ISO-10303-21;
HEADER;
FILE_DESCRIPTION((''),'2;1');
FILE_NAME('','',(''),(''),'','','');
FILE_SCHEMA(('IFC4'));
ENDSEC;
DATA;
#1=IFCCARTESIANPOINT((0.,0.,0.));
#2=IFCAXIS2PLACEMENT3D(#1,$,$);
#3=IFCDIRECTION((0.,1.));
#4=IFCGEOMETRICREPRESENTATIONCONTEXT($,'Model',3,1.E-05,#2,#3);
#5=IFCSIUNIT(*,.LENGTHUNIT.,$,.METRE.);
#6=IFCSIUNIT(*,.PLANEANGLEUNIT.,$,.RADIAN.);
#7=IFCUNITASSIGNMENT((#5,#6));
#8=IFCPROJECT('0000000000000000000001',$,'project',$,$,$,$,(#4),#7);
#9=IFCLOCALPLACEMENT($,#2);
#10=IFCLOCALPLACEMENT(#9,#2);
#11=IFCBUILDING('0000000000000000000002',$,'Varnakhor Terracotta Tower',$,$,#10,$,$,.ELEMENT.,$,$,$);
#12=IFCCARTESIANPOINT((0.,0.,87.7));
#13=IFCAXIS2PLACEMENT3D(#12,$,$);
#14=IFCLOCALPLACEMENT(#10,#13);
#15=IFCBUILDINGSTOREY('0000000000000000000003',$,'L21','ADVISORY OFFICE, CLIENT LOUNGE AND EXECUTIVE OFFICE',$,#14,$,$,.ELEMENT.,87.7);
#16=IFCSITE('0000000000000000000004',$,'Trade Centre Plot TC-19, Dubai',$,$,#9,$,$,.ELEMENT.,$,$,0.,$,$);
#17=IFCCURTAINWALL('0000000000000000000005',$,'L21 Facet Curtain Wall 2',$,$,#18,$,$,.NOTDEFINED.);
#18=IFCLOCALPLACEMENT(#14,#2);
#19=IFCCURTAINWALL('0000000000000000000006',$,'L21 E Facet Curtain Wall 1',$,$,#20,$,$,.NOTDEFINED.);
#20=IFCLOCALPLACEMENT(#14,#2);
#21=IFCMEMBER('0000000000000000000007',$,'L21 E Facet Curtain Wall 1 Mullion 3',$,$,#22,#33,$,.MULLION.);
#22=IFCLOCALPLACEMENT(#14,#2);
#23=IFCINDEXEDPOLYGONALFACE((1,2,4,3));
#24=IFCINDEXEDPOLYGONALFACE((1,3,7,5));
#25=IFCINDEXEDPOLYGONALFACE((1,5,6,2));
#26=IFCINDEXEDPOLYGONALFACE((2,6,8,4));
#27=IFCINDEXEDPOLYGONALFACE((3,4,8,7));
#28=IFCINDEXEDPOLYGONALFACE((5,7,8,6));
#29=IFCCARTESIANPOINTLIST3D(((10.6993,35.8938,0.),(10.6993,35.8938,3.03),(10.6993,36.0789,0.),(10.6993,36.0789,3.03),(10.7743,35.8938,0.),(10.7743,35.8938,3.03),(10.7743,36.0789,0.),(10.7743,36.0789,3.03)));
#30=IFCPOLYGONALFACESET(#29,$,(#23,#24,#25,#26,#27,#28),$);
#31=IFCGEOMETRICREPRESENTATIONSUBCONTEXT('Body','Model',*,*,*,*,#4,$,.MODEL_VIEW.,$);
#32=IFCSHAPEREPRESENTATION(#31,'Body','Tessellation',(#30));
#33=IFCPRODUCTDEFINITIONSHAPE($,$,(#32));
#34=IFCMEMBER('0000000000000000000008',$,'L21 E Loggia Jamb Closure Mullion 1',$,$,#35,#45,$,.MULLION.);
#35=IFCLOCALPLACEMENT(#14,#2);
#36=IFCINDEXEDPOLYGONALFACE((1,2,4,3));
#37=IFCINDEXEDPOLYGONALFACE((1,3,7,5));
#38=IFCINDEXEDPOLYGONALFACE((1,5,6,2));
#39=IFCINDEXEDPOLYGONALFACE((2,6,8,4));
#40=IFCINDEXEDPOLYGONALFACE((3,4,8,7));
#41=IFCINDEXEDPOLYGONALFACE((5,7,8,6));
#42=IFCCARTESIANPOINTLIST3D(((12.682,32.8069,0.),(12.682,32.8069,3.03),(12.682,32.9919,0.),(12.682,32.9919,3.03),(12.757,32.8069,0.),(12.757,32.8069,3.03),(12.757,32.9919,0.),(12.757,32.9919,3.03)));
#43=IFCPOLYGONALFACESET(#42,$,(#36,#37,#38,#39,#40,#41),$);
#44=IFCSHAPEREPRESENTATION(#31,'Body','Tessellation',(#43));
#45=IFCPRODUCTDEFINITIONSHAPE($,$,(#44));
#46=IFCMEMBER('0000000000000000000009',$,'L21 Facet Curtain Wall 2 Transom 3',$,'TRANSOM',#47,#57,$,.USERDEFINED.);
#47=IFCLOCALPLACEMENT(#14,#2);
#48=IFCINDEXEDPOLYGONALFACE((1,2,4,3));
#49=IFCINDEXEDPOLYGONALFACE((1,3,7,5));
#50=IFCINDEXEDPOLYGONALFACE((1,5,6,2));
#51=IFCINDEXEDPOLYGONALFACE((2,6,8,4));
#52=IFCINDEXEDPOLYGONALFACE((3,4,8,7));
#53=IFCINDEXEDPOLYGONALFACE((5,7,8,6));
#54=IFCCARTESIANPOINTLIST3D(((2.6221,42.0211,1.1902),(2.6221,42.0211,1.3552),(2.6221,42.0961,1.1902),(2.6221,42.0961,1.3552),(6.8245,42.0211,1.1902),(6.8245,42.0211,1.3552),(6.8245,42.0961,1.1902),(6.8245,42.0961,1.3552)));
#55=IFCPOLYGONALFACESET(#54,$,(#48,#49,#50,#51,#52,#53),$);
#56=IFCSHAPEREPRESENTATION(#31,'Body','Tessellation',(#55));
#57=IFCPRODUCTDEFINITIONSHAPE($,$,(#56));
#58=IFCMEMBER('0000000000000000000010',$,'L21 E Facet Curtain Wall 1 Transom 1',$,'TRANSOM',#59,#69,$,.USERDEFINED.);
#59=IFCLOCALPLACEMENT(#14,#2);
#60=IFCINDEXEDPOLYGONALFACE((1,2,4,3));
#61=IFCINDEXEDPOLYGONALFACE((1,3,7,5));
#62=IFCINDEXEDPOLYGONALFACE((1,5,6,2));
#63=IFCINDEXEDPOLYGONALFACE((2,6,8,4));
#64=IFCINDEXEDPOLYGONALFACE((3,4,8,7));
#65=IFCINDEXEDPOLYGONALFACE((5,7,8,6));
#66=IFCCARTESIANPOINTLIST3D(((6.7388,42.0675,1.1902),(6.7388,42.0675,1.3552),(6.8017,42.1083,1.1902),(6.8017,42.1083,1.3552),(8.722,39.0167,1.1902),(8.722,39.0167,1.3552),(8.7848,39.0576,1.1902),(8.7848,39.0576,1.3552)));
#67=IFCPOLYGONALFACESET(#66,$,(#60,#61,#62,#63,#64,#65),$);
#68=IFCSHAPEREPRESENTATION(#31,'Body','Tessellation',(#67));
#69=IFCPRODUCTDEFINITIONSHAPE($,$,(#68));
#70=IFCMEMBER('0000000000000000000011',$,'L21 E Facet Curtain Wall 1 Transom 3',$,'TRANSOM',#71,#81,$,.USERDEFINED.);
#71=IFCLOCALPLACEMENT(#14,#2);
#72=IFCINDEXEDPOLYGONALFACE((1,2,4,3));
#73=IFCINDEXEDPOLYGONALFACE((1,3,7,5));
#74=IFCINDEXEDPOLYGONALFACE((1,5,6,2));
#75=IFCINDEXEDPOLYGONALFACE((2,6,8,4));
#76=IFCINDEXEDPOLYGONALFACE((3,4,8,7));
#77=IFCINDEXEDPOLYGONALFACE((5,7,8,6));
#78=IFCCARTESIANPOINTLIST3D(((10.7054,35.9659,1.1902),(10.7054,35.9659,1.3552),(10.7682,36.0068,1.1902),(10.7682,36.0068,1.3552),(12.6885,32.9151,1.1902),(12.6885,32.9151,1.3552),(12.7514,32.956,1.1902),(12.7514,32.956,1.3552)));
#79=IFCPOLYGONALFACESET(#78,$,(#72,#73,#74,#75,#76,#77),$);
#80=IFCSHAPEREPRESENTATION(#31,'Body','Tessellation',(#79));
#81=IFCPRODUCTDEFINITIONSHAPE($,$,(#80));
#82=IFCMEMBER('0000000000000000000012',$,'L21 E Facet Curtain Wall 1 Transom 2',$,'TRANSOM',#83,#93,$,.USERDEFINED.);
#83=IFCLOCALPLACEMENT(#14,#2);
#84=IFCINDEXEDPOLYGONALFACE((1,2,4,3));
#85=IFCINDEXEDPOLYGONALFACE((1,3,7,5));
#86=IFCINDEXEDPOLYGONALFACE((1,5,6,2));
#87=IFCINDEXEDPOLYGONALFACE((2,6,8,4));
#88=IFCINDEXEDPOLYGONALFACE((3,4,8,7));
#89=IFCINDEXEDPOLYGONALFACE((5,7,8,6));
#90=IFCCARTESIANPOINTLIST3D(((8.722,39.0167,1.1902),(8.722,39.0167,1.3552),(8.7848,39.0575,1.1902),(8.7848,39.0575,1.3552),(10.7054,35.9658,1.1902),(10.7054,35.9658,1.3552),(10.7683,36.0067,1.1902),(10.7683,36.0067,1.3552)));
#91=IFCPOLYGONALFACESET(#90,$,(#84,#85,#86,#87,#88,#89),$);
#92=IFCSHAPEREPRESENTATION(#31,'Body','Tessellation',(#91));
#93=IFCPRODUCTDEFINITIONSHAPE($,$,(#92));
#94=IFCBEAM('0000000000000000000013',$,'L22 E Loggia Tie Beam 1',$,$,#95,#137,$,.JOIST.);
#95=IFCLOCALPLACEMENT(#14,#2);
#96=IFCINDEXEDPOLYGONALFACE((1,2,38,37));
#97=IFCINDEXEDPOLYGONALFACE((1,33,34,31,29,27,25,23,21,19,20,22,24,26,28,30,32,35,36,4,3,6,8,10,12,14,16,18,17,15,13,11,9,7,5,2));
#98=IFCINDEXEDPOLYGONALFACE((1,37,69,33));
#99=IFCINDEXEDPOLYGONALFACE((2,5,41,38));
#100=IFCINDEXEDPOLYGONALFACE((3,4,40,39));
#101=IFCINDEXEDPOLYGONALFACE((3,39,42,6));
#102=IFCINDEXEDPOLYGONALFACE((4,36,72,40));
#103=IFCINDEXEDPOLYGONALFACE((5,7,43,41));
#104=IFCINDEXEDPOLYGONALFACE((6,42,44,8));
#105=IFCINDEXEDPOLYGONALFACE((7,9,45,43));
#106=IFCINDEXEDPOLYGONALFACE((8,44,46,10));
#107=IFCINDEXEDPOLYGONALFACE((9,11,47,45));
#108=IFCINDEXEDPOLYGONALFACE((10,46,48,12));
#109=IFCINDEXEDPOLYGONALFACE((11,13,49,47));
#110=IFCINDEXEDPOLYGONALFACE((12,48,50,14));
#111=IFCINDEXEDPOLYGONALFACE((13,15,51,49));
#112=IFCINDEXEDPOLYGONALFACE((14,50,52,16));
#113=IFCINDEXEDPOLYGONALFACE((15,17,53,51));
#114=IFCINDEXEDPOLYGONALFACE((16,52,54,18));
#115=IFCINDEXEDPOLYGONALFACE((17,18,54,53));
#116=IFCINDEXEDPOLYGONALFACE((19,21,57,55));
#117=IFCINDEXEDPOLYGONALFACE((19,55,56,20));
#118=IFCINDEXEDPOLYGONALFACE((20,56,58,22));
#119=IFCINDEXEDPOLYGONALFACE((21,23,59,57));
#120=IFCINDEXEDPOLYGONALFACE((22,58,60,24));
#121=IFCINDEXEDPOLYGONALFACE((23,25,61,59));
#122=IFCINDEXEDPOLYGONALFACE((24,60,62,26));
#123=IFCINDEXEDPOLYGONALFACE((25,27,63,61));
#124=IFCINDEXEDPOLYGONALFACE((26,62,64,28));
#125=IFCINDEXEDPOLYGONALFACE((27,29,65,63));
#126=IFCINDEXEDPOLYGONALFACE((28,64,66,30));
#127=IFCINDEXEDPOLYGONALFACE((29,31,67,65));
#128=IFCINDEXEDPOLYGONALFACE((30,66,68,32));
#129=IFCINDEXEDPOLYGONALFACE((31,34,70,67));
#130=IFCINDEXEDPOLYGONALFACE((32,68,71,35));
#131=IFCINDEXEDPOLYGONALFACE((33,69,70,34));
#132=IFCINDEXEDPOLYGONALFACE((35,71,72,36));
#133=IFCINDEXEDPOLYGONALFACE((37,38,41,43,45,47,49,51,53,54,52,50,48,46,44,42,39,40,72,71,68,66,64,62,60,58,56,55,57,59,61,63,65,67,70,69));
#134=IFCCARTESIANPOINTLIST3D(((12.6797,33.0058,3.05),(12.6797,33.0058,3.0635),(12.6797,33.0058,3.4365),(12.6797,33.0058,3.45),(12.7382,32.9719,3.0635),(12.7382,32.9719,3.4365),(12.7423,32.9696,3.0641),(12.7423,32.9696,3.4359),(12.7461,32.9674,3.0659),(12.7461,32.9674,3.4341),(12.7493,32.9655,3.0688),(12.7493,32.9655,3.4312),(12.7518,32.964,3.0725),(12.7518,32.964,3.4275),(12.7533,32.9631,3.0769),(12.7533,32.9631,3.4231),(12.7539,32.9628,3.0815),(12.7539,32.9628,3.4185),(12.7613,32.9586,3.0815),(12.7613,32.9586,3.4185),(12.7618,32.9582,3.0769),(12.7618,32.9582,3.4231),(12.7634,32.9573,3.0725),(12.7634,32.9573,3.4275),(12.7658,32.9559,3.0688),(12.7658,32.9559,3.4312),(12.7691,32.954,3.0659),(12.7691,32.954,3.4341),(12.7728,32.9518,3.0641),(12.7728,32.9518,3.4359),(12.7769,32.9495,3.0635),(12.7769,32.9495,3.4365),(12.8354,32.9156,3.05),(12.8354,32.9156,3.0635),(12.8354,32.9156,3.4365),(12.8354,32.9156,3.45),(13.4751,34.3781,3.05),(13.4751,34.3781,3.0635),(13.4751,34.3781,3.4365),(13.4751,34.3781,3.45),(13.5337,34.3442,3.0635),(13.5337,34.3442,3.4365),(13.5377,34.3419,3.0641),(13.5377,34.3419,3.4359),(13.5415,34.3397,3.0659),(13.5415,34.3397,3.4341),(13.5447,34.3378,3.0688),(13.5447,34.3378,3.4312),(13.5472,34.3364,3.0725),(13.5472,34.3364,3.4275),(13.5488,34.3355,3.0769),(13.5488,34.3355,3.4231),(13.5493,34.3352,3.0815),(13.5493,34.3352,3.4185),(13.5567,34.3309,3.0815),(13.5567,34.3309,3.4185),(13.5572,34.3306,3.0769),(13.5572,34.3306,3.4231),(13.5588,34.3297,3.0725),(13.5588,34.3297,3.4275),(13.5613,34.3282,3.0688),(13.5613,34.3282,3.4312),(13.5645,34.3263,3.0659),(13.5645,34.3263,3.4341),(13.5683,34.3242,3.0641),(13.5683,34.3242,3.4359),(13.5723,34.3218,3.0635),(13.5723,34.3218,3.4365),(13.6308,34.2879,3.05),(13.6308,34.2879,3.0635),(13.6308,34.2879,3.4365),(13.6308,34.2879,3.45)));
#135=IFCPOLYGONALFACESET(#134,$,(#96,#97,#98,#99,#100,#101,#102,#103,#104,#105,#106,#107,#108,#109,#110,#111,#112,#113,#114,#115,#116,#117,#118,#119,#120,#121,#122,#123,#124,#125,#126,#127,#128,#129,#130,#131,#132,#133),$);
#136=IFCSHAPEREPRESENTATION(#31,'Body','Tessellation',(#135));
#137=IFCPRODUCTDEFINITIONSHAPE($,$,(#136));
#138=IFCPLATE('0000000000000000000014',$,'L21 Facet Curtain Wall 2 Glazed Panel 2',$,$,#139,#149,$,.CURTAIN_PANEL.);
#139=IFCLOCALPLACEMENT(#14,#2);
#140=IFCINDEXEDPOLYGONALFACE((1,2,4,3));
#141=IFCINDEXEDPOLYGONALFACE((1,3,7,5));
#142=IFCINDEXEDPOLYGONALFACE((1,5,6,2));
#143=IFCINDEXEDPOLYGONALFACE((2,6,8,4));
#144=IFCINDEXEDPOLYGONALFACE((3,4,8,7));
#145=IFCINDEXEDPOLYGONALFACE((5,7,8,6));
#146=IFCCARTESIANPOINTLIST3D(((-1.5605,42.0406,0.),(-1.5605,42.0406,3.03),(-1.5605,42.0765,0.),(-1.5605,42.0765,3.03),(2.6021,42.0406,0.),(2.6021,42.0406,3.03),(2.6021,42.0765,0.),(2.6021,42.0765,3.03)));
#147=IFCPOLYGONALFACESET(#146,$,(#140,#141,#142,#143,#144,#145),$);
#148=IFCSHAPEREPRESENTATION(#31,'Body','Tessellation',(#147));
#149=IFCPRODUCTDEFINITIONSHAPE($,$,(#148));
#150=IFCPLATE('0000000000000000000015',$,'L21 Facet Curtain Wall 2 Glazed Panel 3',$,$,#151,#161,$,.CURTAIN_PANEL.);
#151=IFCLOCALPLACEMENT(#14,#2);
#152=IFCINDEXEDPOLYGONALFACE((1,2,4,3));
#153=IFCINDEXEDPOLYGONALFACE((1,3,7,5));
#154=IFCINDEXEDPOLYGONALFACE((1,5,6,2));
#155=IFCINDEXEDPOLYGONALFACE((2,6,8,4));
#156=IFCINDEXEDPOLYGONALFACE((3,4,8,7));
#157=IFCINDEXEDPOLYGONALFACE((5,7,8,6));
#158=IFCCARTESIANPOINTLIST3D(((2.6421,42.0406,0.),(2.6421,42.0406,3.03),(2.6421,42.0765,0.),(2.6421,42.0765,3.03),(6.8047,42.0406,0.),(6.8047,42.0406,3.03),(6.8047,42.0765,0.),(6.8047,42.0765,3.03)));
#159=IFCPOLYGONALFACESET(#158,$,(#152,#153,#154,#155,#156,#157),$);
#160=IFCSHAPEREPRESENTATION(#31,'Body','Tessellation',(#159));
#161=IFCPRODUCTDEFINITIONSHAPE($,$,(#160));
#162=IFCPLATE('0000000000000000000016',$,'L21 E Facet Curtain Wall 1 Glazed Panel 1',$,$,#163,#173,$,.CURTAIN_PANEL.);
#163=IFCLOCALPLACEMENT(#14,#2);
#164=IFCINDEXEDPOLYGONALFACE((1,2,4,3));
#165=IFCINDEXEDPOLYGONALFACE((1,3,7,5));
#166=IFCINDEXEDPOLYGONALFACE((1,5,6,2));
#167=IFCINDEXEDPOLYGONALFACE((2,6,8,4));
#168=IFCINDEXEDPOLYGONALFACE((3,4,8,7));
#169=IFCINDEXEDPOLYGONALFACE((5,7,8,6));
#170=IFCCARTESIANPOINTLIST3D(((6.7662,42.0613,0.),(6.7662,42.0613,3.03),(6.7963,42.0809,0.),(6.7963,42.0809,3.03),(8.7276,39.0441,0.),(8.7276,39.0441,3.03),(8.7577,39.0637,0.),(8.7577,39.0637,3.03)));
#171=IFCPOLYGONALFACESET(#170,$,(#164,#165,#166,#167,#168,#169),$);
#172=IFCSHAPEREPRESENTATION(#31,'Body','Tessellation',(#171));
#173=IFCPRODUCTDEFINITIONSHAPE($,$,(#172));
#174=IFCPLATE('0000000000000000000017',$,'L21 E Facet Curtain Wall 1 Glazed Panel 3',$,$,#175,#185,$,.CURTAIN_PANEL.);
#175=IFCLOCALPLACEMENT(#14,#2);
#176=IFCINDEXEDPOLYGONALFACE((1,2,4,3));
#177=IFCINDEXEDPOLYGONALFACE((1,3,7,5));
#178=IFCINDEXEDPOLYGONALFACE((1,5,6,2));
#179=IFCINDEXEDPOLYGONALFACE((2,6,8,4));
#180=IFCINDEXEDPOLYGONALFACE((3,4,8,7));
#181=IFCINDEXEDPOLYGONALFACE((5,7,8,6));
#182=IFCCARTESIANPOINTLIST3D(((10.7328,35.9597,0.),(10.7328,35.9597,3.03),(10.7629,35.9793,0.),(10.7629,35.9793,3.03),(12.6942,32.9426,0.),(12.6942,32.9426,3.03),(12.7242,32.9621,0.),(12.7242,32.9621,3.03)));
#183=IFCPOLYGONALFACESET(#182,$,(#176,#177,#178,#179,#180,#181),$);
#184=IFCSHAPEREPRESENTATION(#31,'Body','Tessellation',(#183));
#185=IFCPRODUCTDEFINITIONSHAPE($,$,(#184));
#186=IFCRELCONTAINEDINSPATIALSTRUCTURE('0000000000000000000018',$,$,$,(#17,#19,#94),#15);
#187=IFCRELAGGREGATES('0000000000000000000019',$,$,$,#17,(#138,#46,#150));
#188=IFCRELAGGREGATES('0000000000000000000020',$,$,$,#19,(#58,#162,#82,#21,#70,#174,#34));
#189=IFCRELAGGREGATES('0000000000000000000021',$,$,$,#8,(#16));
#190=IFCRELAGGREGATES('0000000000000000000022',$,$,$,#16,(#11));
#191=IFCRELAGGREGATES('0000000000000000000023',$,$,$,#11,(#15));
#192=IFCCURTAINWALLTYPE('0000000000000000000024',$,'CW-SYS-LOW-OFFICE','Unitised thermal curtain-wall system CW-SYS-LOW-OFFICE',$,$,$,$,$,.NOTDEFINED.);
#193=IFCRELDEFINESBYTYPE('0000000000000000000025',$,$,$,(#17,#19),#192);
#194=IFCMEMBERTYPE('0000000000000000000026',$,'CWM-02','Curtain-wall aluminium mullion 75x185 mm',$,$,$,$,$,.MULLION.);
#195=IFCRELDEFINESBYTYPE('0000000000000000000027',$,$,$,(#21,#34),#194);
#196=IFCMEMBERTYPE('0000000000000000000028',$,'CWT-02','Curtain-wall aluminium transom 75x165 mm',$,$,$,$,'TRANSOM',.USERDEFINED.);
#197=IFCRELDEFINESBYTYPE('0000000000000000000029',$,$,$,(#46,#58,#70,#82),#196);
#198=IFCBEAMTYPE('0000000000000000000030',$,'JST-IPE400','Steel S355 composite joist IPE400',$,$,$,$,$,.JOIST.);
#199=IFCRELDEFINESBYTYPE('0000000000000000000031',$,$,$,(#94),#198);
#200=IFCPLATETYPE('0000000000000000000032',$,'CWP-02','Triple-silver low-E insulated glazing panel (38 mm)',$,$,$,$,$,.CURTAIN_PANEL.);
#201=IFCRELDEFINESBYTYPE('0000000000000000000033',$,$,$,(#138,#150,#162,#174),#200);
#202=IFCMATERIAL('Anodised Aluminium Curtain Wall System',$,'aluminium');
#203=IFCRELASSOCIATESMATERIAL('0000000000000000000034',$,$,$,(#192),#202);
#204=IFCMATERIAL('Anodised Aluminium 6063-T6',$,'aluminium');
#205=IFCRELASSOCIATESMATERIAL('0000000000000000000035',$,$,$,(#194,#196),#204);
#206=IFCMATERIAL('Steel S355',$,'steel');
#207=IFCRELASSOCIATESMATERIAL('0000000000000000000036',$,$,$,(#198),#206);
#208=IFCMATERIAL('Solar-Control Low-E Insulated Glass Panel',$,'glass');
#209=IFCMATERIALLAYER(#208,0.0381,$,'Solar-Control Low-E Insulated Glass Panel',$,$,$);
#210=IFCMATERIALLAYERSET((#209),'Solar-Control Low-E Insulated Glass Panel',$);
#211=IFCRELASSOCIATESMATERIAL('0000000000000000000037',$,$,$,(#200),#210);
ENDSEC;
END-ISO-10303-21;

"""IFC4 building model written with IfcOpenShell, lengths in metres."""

from ifc_helpers import new_model, si_unit, direction, frame, origin, origin_2d, place, context, subcontext, project, spatial, rectangle, i_section, extrude, source, transform, mapped, material, layer, layer_set, material_profile, profile_set, type_object, type_shapes, element, aggregate, save


model = new_model("IFC4")

# Units and contexts
model_context = context("Model", 3, precision=1e-05, world=origin(), true_north=direction((0.0, 1.0)))
body_context = subcontext(model_context, "Body", "Model", "MODEL_VIEW")
ifc_project = project(units=[si_unit("LENGTHUNIT", "METRE"), si_unit("PLANEANGLEUNIT", "RADIAN")], contexts=[model_context])

# Site, building, storey
site_placement = place(None, origin())
site = spatial("IfcSite", under=ifc_project, at=site_placement, Name="Trade Centre Plot TC-19, Dubai", CompositionType="ELEMENT", RefElevation=0.0)
building_placement = place(site_placement, origin())
building = spatial("IfcBuilding", under=site, at=building_placement, Name="Varnakhor Terracotta Tower", CompositionType="ELEMENT")
storey_placement = place(building_placement, frame((0.0, 0.0, 87.7)))
storey = spatial("IfcBuildingStorey", under=building, at=storey_placement, Name="L21", Description="ADVISORY OFFICE, CLIENT LOUNGE AND EXECUTIVE OFFICE", CompositionType="ELEMENT", Elevation=87.7)

# Shared definitions
ifc_material_1 = material(Name="Steel S355", Category="steel")

# Curtain wall
ifc_material_2 = material(Name="Anodised Aluminium Curtain Wall System", Category="aluminium")
curtain_wall_type = type_object("IfcCurtainWallType", Name="CW-SYS-LOW-OFFICE", Description="Unitised thermal curtain-wall system CW-SYS-LOW-OFFICE", PredefinedType="NOTDEFINED", material=ifc_material_2)
curtain_wall_1_placement = place(storey_placement, origin())
curtain_wall_1 = element("IfcCurtainWall", 1, at=curtain_wall_1_placement, inside=storey, type_object=curtain_wall_type, Name="L21 Facet Curtain Wall 2", PredefinedType="NOTDEFINED")
ifc_material_3 = material(Name="Anodised Aluminium 6063-T6", Category="aluminium")
ifc_material_profile_1 = material_profile(ifc_material_3, rectangle(XDim=0.075, YDim=0.1851, at=origin_2d()), Name="ALU MULLION 75x185")
ifc_profile_set_1 = profile_set([ifc_material_profile_1], Name="Anodised Aluminium 6063-T6")
member_type_1 = type_object("IfcMemberType", Name="CWM-02", Description="Curtain-wall aluminium mullion 75x185 mm", PredefinedType="MULLION", material=ifc_profile_set_1)
shared_shape_1 = source(origin(), body_context, "Body", "SweptSolid", [
    extrude(rectangle(XDim=0.075, YDim=0.1851, at=origin_2d()), origin(), (0.0, 0.0, 1.0), 3.03),
])
type_shapes(member_type_1, [shared_shape_1])

# Curtain wall, members
curtain_wall_2_placement = place(storey_placement, origin())
curtain_wall_2 = element("IfcCurtainWall", 2, at=curtain_wall_2_placement, inside=storey, type_object=curtain_wall_type, Name="L21 E Facet Curtain Wall 1", PredefinedType="NOTDEFINED")
member_1_placement = place(storey_placement, frame((10.7368, 35.9863, 0.0), z_axis=(0.0, 0.0, 1.0), x_axis=(1.0, 0.0, 0.0)))
member_1 = element("IfcMember", 3, at=member_1_placement, type_object=member_type_1, Name="L21 E Facet Curtain Wall 1 Mullion 3", PredefinedType="MULLION", context=body_context, shape_type="MappedRepresentation", body=[
    mapped(shared_shape_1, transform((0.0, 0.0, 0.0), scale=1.0)),
])
member_2_placement = place(storey_placement, frame((12.7195, 32.8994, 0.0), z_axis=(0.0, 0.0, 1.0), x_axis=(1.0, 0.0, 0.0)))
member_2 = element("IfcMember", 4, at=member_2_placement, type_object=member_type_1, Name="L21 E Loggia Jamb Closure Mullion 1", PredefinedType="MULLION", context=body_context, shape_type="MappedRepresentation", body=[
    mapped(shared_shape_1, transform((0.0, 0.0, 0.0), scale=1.0)),
])

# Members
ifc_material_profile_2 = material_profile(ifc_material_3, rectangle(XDim=0.075, YDim=0.165, at=origin_2d()), Name="ALU TRANSOM 75x165")
ifc_profile_set_2 = profile_set([ifc_material_profile_2], Name="Anodised Aluminium 6063-T6")
member_type_2 = type_object("IfcMemberType", Name="CWT-02", Description="Curtain-wall aluminium transom 75x165 mm", ElementType="TRANSOM", PredefinedType="USERDEFINED", material=ifc_profile_set_2)
shared_shape_2 = source(origin(), body_context, "Body", "SweptSolid", [
    extrude(rectangle(XDim=0.075, YDim=0.165, at=origin_2d()), origin(), (0.0, 0.0, 1.0), 4.2024),
])
member_3_placement = place(storey_placement, frame((2.6221, 42.0586, 1.2727), z_axis=(1.0, 0.0, 0.0), x_axis=(0.0, 1.0, 0.0)))
member_3 = element("IfcMember", 5, at=member_3_placement, type_object=member_type_2, Name="L21 Facet Curtain Wall 2 Transom 3", ObjectType="TRANSOM", PredefinedType="USERDEFINED", context=body_context, shape_type="MappedRepresentation", body=[
    mapped(shared_shape_2, transform((0.0, 0.0, 0.0), scale=1.0)),
])
shared_shape_3 = source(origin(), body_context, "Body", "SweptSolid", [
    extrude(rectangle(XDim=0.075, YDim=0.165, at=origin_2d()), origin(), (0.0, 0.0, 1.0), 3.6387),
])
member_4_placement = place(storey_placement, frame((6.7703, 42.0879, 1.2727), z_axis=(0.545017, -0.838425, 0.0), x_axis=(0.838425, 0.545017, 0.0)))
member_4 = element("IfcMember", 6, at=member_4_placement, type_object=member_type_2, Name="L21 E Facet Curtain Wall 1 Transom 1", ObjectType="TRANSOM", PredefinedType="USERDEFINED", context=body_context, shape_type="MappedRepresentation", body=[
    mapped(shared_shape_3, transform((0.0, 0.0, 0.0), scale=1.0)),
])
member_5_placement = place(storey_placement, frame((10.7368, 35.9863, 1.2727), z_axis=(0.545017, -0.838425, 0.0), x_axis=(0.838425, 0.545017, 0.0)))
member_5 = element("IfcMember", 7, at=member_5_placement, type_object=member_type_2, Name="L21 E Facet Curtain Wall 1 Transom 3", ObjectType="TRANSOM", PredefinedType="USERDEFINED", context=body_context, shape_type="MappedRepresentation", body=[
    mapped(shared_shape_3, transform((0.0, 0.0, 0.0), scale=1.0)),
])
shared_shape_4 = source(origin(), body_context, "Body", "SweptSolid", [
    extrude(rectangle(XDim=0.075, YDim=0.165, at=origin_2d()), origin(), (0.0, 0.0, 1.0), 3.6389),
])
member_6_placement = place(storey_placement, frame((8.7534, 39.0371, 1.2727), z_axis=(0.545064, -0.838395, 0.0), x_axis=(0.838395, 0.545064, 0.0)))
member_6 = element("IfcMember", 8, at=member_6_placement, type_object=member_type_2, Name="L21 E Facet Curtain Wall 1 Transom 2", ObjectType="TRANSOM", PredefinedType="USERDEFINED", context=body_context, shape_type="MappedRepresentation", body=[
    mapped(shared_shape_4, transform((0.0, 0.0, 0.0), scale=1.0)),
])

# Beam
ifc_material_profile_3 = material_profile(ifc_material_1, i_section(OverallWidth=0.1799, OverallDepth=0.3999, WebThickness=0.0085, FlangeThickness=0.0134, FilletRadius=0.0181, at=origin_2d()), Name="IPE400")
ifc_profile_set_3 = profile_set([ifc_material_profile_3], Name="Steel S355")
beam_type_1 = type_object("IfcBeamType", Name="JST-IPE400", Description="Steel S355 composite joist IPE400", PredefinedType="JOIST", material=ifc_profile_set_3)
shared_shape_5 = source(origin(), body_context, "Body", "SweptSolid", [
    extrude(i_section(OverallWidth=0.1799, OverallDepth=0.3999, WebThickness=0.0085, FlangeThickness=0.0134, FilletRadius=0.0181, at=origin_2d()), origin(), (0.0, 0.0, 1.0), 1.5862),
])
beam_1_placement = place(storey_placement, frame((12.7576, 32.9607, 3.25), z_axis=(0.501467, 0.865177, 0.0), x_axis=(-0.865177, 0.501467, 0.0)))
element("IfcBeam", 9, at=beam_1_placement, inside=storey, type_object=beam_type_1, Name="L22 E Loggia Tie Beam 1", PredefinedType="JOIST", context=body_context, shape_type="MappedRepresentation", body=[
    mapped(shared_shape_5, transform((0.0, 0.0, 0.0), scale=1.0)),
])

# Plates
ifc_material_4 = material(Name="Solar-Control Low-E Insulated Glass Panel", Category="glass")
ifc_layer_1 = layer(ifc_material_4, 0.0381, Name="Solar-Control Low-E Insulated Glass Panel")
ifc_layer_set_1 = layer_set([ifc_layer_1], Name="Solar-Control Low-E Insulated Glass Panel")
plate_type = type_object("IfcPlateType", Name="CWP-02", Description="Triple-silver low-E insulated glazing panel (38 mm)", PredefinedType="CURTAIN_PANEL", material=ifc_layer_set_1)
shared_shape_6 = source(origin(), body_context, "Body", "SweptSolid", [
    extrude(rectangle(XDim=4.1626, YDim=0.0359, at=origin_2d()), origin(), (0.0, 0.0, 1.0), 3.03),
])
plate_1_placement = place(storey_placement, frame((0.5208, 42.0586, 0.0), z_axis=(0.0, 0.0, 1.0), x_axis=(1.0, 0.0, 0.0)))
plate_1 = element("IfcPlate", 10, at=plate_1_placement, type_object=plate_type, Name="L21 Facet Curtain Wall 2 Glazed Panel 2", PredefinedType="CURTAIN_PANEL", context=body_context, shape_type="MappedRepresentation", body=[
    mapped(shared_shape_6, transform((0.0, 0.0, 0.0), scale=1.0)),
])
plate_2_placement = place(storey_placement, frame((4.7234, 42.0586, 0.0), z_axis=(0.0, 0.0, 1.0), x_axis=(1.0, 0.0, 0.0)))
plate_2 = element("IfcPlate", 11, at=plate_2_placement, type_object=plate_type, Name="L21 Facet Curtain Wall 2 Glazed Panel 3", PredefinedType="CURTAIN_PANEL", context=body_context, shape_type="MappedRepresentation", body=[
    mapped(shared_shape_6, transform((0.0, 0.0, 0.0), scale=1.0)),
])
aggregate(curtain_wall_1, [plate_1, member_3, plate_2])
shared_shape_7 = source(origin(), body_context, "Body", "SweptSolid", [
    extrude(rectangle(XDim=3.5986, YDim=0.0359, at=origin_2d()), origin(), (0.0, 0.0, 1.0), 3.03),
])
plate_3_placement = place(storey_placement, frame((7.762, 40.5625, 0.0), z_axis=(0.0, 0.0, 1.0), x_axis=(0.545034, -0.838414, 0.0)))
plate_3 = element("IfcPlate", 12, at=plate_3_placement, type_object=plate_type, Name="L21 E Facet Curtain Wall 1 Glazed Panel 1", PredefinedType="CURTAIN_PANEL", context=body_context, shape_type="MappedRepresentation", body=[
    mapped(shared_shape_7, transform((0.0, 0.0, 0.0), scale=1.0)),
])
plate_4_placement = place(storey_placement, frame((11.7285, 34.4609, 0.0), z_axis=(0.0, 0.0, 1.0), x_axis=(0.545034, -0.838414, 0.0)))
plate_4 = element("IfcPlate", 13, at=plate_4_placement, type_object=plate_type, Name="L21 E Facet Curtain Wall 1 Glazed Panel 3", PredefinedType="CURTAIN_PANEL", context=body_context, shape_type="MappedRepresentation", body=[
    mapped(shared_shape_7, transform((0.0, 0.0, 0.0), scale=1.0)),
])
aggregate(curtain_wall_2, [member_4, plate_3, member_6, member_1, member_5, plate_4, member_2])

save(model, "model.ifc")
